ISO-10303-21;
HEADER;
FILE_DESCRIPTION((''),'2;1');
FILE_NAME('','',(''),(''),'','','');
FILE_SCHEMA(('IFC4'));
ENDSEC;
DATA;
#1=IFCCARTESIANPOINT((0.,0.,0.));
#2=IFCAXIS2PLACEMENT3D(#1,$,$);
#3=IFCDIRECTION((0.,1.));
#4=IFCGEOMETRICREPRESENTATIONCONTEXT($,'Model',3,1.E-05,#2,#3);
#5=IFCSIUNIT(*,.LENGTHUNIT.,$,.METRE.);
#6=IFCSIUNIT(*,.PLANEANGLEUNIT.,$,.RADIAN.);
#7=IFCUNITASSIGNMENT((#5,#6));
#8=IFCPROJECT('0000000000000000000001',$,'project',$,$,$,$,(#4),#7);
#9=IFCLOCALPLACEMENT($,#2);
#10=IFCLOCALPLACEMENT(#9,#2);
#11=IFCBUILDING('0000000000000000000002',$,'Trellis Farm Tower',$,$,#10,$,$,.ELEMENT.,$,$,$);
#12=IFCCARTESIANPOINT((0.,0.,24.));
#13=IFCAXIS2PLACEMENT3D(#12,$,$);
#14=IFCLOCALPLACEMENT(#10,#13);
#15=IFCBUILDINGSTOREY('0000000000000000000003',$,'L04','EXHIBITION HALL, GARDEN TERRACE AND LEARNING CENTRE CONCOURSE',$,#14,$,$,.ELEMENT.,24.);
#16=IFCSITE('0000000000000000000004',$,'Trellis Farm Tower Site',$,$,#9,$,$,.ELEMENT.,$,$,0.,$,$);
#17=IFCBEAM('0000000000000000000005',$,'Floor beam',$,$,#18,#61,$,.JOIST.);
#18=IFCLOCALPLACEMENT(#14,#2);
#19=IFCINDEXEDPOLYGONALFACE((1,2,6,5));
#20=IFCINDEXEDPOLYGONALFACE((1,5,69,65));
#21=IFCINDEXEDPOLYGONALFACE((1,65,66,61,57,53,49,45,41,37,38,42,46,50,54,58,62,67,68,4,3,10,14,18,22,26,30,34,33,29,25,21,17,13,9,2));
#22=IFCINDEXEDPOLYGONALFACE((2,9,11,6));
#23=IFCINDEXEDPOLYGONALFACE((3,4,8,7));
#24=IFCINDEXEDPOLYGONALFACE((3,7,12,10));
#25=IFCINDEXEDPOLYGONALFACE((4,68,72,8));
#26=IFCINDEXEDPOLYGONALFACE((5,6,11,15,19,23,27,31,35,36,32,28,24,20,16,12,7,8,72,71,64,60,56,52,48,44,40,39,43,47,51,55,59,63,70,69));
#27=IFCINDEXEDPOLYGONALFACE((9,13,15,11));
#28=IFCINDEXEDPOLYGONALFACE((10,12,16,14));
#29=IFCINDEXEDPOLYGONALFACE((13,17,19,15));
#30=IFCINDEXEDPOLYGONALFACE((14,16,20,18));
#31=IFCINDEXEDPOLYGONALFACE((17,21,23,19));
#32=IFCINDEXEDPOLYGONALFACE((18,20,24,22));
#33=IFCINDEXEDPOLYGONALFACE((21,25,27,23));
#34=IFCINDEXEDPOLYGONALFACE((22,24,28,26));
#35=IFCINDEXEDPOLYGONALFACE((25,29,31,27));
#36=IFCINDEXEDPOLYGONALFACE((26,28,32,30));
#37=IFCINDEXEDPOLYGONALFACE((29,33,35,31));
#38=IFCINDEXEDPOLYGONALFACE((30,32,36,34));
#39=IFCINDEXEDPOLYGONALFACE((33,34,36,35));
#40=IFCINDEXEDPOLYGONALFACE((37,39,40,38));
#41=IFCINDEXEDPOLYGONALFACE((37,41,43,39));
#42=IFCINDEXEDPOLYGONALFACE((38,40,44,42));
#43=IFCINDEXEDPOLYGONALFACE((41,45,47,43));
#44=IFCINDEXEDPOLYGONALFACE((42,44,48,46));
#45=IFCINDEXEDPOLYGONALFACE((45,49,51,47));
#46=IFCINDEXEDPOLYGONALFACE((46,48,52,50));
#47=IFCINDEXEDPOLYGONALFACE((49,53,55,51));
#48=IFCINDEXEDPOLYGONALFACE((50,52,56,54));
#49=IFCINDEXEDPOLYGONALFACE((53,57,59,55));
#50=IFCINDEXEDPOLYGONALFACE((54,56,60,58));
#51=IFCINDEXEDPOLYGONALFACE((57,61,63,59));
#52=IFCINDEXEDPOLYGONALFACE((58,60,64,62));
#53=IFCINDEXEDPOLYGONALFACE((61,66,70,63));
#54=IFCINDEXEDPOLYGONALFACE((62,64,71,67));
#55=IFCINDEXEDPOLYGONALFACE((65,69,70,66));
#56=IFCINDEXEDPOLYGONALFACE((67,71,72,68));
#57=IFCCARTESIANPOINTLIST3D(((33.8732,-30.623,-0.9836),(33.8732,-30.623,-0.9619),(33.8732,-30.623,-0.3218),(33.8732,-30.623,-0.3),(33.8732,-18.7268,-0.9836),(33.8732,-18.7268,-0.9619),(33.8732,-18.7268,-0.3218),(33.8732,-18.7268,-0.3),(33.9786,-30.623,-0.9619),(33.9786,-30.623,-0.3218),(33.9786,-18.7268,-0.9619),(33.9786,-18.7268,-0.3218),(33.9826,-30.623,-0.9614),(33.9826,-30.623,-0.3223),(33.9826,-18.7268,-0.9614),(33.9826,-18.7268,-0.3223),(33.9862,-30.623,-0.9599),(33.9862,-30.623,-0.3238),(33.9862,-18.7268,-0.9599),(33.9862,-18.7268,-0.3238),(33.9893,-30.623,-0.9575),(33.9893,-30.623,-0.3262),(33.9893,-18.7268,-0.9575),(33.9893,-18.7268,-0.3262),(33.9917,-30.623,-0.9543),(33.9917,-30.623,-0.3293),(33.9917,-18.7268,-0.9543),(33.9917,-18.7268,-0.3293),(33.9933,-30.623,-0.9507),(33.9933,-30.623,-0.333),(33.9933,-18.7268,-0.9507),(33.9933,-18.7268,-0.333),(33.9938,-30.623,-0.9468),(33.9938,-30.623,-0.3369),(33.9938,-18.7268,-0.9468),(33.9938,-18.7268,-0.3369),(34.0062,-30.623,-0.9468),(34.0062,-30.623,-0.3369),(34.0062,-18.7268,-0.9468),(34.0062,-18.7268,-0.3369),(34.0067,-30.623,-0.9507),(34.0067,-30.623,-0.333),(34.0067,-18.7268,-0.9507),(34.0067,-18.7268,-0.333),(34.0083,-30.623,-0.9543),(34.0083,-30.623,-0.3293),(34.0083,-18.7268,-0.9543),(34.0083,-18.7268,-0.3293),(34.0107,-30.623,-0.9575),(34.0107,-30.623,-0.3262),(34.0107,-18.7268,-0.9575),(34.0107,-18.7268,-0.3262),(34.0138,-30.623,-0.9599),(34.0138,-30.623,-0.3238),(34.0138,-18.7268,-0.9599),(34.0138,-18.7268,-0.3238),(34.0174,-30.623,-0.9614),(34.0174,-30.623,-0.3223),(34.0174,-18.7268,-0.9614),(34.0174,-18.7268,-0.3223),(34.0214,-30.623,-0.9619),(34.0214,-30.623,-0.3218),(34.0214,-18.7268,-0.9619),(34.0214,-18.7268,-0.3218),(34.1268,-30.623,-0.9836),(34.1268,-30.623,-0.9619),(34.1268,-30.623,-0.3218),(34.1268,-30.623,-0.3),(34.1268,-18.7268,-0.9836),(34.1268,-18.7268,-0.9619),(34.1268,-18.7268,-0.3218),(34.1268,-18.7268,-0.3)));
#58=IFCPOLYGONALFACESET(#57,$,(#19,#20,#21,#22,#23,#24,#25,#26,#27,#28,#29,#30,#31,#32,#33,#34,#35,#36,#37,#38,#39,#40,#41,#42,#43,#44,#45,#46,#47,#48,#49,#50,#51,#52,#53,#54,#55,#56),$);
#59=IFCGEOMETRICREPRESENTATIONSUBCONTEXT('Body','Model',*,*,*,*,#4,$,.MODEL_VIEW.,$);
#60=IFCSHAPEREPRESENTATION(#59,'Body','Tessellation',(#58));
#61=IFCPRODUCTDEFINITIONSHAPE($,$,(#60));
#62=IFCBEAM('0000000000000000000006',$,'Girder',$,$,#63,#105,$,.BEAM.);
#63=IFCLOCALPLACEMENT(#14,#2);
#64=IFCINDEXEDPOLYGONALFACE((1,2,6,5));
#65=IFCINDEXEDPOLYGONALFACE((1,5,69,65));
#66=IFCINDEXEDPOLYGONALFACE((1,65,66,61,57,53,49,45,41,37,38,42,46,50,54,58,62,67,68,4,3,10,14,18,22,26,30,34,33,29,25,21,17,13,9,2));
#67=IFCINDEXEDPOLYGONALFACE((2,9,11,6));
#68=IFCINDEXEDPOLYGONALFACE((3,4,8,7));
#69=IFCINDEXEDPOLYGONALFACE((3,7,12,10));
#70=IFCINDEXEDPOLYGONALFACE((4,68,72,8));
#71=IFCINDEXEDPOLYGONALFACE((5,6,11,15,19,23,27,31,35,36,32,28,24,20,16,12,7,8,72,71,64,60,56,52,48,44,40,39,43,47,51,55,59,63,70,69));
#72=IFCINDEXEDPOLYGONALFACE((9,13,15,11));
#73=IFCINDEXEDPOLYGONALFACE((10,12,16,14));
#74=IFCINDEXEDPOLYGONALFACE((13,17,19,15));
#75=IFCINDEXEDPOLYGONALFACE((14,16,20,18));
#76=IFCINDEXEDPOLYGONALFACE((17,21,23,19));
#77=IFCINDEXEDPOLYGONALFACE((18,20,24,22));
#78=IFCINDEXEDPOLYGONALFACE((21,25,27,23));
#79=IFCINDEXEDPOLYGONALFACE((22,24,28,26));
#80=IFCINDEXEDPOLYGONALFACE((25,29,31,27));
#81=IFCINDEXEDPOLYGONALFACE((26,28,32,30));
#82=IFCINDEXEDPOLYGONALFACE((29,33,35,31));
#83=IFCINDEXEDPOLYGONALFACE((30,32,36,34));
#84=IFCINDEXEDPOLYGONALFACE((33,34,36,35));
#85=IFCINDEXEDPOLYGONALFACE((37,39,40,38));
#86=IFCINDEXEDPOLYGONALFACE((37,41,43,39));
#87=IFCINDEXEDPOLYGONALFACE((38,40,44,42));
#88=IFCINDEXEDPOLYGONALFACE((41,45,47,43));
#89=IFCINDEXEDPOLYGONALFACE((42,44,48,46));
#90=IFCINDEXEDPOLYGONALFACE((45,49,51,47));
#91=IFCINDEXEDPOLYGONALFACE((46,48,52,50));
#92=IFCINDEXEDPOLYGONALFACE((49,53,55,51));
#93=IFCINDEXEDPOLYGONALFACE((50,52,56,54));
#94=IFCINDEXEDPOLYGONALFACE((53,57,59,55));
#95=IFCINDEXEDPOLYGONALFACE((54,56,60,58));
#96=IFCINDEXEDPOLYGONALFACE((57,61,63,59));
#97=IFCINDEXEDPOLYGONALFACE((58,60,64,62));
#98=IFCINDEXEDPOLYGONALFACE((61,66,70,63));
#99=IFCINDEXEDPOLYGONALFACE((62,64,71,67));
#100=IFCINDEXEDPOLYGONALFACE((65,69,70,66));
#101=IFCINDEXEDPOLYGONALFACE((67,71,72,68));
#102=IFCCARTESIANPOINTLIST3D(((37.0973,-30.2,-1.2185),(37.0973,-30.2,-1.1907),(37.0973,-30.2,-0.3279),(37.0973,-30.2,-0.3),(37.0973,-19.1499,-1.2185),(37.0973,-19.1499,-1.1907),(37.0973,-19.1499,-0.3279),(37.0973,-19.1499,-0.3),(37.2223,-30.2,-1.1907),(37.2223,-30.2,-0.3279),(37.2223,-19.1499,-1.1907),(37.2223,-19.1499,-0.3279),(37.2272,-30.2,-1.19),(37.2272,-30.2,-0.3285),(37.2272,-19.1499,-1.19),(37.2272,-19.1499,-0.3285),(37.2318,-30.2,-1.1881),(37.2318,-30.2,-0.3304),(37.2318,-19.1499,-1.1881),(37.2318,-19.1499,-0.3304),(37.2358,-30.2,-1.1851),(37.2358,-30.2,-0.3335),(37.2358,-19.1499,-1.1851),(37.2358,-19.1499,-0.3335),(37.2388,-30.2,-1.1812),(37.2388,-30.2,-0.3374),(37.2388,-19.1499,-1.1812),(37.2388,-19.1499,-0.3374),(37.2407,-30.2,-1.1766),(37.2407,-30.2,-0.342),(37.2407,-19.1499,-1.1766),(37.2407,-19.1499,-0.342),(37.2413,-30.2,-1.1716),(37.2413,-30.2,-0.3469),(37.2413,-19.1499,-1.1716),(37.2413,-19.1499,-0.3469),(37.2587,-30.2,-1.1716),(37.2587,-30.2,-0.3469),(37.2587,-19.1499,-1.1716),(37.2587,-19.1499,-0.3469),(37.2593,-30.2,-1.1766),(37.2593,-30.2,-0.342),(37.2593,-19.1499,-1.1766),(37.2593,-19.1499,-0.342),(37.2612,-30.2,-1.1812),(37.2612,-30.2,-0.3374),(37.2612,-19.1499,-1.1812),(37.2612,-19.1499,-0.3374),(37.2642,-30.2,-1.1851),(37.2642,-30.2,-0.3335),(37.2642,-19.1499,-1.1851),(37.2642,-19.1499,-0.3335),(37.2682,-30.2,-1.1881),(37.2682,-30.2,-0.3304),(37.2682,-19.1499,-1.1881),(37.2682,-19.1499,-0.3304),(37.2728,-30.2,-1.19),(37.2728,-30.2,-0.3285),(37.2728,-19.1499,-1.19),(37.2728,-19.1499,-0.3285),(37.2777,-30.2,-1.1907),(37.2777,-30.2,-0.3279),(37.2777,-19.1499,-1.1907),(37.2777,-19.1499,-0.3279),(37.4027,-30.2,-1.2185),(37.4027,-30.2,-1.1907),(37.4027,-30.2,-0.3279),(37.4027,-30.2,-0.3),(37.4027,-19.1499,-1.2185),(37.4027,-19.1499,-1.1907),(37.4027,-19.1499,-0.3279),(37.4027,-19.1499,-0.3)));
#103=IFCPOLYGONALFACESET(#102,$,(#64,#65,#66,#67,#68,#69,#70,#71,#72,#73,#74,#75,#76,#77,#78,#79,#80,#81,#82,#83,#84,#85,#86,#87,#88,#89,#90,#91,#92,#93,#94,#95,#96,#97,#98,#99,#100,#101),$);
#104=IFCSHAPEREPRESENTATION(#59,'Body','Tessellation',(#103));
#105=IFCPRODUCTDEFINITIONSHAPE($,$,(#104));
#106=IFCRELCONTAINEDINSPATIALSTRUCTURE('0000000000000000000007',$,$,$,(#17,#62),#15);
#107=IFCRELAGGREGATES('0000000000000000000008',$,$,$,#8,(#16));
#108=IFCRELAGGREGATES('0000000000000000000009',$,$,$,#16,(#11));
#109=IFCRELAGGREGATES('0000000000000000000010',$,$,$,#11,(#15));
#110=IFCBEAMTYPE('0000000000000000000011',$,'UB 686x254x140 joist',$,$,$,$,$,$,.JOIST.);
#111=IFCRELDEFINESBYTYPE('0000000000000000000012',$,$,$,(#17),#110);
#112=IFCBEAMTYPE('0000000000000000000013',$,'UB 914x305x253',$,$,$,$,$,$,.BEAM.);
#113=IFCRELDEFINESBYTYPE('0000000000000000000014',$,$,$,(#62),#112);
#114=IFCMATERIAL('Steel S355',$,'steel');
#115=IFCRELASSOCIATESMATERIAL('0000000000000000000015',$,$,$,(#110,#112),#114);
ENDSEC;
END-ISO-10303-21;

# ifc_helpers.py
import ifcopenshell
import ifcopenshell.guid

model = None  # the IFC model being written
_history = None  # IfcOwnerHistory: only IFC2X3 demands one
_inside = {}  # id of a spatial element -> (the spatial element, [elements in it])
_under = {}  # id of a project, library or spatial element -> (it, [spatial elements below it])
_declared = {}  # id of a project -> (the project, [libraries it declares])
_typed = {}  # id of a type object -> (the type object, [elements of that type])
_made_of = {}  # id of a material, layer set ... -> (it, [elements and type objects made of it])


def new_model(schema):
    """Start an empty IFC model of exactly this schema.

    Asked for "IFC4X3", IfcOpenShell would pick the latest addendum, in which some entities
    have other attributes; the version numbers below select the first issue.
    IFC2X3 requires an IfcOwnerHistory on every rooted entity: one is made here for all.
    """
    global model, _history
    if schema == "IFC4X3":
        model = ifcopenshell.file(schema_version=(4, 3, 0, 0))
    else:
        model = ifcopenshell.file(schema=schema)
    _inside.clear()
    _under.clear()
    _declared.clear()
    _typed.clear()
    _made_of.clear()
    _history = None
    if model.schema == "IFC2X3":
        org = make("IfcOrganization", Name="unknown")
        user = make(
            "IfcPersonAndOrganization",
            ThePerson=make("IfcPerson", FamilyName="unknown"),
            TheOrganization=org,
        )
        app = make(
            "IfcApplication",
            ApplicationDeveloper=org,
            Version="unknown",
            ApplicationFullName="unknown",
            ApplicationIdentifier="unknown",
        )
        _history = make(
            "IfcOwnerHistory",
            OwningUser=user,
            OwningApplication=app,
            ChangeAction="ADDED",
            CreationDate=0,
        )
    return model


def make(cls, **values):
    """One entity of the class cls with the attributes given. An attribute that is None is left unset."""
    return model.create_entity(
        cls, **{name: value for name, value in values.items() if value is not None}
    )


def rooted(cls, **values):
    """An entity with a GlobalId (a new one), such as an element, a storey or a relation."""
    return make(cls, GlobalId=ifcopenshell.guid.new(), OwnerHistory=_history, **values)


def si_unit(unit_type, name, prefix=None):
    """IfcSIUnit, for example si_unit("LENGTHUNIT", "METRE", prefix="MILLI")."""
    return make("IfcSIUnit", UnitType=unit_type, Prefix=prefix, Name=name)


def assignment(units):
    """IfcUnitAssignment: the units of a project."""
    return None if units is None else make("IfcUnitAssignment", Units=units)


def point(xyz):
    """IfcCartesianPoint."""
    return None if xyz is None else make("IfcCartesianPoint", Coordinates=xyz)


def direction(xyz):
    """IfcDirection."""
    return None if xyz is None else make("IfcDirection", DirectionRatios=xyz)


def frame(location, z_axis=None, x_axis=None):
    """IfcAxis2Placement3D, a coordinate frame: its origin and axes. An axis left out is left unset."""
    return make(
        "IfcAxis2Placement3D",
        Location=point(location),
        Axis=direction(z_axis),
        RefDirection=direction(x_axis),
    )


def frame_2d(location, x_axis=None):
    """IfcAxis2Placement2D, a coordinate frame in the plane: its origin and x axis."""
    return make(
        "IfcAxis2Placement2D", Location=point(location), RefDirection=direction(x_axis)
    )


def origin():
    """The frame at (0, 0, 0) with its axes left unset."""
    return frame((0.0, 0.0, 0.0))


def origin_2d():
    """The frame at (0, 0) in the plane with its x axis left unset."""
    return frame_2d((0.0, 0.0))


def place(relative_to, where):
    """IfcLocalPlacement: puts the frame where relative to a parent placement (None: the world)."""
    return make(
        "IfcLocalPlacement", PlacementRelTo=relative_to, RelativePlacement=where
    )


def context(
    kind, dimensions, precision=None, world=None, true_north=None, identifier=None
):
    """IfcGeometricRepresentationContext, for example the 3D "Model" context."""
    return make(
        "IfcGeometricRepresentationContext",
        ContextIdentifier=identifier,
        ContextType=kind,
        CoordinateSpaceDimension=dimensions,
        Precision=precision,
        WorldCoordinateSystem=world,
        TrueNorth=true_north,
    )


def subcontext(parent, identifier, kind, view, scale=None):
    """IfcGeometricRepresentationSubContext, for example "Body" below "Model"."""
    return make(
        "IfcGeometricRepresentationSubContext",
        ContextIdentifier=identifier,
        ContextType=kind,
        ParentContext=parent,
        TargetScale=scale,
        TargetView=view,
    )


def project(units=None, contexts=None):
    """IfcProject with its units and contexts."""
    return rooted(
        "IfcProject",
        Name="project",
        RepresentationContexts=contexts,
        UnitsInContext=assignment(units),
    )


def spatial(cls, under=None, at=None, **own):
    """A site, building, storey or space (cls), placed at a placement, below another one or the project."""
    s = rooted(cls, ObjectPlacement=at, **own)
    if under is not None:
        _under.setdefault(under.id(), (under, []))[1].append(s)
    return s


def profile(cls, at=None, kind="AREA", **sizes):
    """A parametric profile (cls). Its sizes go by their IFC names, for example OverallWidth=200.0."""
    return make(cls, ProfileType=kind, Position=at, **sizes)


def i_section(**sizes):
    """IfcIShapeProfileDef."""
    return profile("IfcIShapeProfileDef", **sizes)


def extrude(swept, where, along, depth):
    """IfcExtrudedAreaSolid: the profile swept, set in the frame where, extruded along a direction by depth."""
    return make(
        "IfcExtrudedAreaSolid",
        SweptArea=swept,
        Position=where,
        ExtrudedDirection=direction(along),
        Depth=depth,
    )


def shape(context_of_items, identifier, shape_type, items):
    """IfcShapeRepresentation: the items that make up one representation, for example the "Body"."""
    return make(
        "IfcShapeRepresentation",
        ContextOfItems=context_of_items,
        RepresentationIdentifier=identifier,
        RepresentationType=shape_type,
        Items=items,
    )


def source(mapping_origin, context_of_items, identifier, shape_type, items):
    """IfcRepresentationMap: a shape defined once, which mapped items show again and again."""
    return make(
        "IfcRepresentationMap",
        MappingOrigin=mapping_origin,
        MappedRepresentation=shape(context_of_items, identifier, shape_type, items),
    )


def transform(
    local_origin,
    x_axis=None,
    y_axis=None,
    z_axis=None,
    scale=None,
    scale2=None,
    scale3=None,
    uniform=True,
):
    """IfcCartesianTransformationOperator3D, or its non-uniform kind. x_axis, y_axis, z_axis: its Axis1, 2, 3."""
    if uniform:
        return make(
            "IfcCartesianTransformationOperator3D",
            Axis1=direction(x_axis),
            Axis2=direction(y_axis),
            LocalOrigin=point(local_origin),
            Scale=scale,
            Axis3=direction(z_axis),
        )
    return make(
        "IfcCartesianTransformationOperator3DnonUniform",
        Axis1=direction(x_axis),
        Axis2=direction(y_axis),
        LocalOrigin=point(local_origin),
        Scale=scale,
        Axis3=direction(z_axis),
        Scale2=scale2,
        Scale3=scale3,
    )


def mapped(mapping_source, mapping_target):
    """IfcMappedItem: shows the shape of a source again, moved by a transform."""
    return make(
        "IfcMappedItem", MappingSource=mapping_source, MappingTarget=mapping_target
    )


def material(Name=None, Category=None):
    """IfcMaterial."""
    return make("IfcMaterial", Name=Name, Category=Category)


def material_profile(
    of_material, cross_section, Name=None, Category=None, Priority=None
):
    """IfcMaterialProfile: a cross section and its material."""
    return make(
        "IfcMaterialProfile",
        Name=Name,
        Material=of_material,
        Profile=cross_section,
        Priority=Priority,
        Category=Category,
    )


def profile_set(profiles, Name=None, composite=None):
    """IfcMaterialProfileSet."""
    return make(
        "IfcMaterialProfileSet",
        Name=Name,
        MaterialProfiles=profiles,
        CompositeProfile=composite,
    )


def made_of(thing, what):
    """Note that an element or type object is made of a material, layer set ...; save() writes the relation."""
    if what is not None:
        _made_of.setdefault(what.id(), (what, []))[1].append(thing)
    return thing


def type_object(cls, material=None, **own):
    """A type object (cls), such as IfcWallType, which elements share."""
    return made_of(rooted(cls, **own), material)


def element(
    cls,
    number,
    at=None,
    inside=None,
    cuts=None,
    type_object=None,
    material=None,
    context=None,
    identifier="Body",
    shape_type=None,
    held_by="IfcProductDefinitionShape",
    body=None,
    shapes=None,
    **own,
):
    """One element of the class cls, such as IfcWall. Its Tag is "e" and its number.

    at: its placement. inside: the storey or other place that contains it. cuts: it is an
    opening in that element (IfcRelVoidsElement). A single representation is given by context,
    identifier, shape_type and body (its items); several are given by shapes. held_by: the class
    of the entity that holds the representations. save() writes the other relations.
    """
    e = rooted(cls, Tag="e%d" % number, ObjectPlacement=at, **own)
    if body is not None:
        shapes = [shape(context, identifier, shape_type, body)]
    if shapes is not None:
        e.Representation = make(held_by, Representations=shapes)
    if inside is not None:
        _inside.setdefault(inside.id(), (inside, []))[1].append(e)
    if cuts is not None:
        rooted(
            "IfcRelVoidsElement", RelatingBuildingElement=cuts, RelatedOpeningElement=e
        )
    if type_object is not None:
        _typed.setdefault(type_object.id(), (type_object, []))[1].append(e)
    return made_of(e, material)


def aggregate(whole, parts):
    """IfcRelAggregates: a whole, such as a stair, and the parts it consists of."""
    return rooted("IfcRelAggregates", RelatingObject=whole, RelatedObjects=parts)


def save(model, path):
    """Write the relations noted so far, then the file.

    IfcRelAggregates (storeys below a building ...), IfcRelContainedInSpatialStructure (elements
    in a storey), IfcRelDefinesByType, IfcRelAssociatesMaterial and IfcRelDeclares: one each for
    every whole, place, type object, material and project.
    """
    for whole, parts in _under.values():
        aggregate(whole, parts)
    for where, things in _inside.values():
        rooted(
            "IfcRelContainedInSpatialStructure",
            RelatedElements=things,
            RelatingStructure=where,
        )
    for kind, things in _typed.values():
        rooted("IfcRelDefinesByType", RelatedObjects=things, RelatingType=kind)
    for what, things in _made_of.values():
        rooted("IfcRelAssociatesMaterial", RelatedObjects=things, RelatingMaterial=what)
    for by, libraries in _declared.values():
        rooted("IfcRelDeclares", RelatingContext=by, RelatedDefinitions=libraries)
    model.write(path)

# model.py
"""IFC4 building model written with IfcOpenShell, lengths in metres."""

from ifc_helpers import new_model, si_unit, direction, frame, origin, origin_2d, place, context, subcontext, project, spatial, i_section, extrude, source, transform, mapped, material, material_profile, profile_set, type_object, element, save


model = new_model("IFC4")

# Units and contexts
model_context = context("Model", 3, precision=1e-05, world=origin(), true_north=direction((0.0, 1.0)))
body_context = subcontext(model_context, "Body", "Model", "MODEL_VIEW")
ifc_project = project(units=[si_unit("LENGTHUNIT", "METRE"), si_unit("PLANEANGLEUNIT", "RADIAN")], contexts=[model_context])

# Site, building, storey
site_placement = place(None, origin())
site = spatial("IfcSite", under=ifc_project, at=site_placement, Name="Trellis Farm Tower Site", CompositionType="ELEMENT", RefElevation=0.0)
building_placement = place(site_placement, origin())
building = spatial("IfcBuilding", under=site, at=building_placement, Name="Trellis Farm Tower", CompositionType="ELEMENT")
storey_placement = place(building_placement, frame((0.0, 0.0, 24.0)))
storey = spatial("IfcBuildingStorey", under=building, at=storey_placement, Name="L04", Description="EXHIBITION HALL, GARDEN TERRACE AND LEARNING CENTRE CONCOURSE", CompositionType="ELEMENT", Elevation=24.0)

# Beams
ifc_material_1 = material(Name="Steel S355", Category="steel")
ifc_material_profile_1 = material_profile(ifc_material_1, i_section(OverallWidth=0.2537, OverallDepth=0.6836, WebThickness=0.0125, FlangeThickness=0.0217, FilletRadius=0.0151, at=origin_2d()), Name="UB 686x254x140")
ifc_profile_set_1 = profile_set([ifc_material_profile_1], Name="Steel S355")
beam_type_1 = type_object("IfcBeamType", Name="UB 686x254x140 joist", PredefinedType="JOIST", material=ifc_profile_set_1)
shared_shape_1 = source(origin(), body_context, "Body", "SweptSolid", [
    extrude(i_section(OverallWidth=0.2537, OverallDepth=0.6836, WebThickness=0.0125, FlangeThickness=0.0217, FilletRadius=0.0151, at=origin_2d()), origin(), (0.0, 0.0, 1.0), 11.8962),
])
beam_1_placement = place(storey_placement, frame((34.0, -30.623, -0.6418), z_axis=(0.0, 1.0, 0.0), x_axis=(-1.0, 0.0, 0.0)))
element("IfcBeam", 1, at=beam_1_placement, inside=storey, type_object=beam_type_1, Name="Floor beam", PredefinedType="JOIST", context=body_context, shape_type="MappedRepresentation", body=[
    mapped(shared_shape_1, transform((0.0, 0.0, 0.0))),
])
ifc_material_profile_2 = material_profile(ifc_material_1, i_section(OverallWidth=0.3054, OverallDepth=0.9185, WebThickness=0.0173, FlangeThickness=0.0278, FilletRadius=0.019, at=origin_2d()), Name="UB 914x305x253")
ifc_profile_set_2 = profile_set([ifc_material_profile_2], Name="Steel S355")
beam_type_2 = type_object("IfcBeamType", Name="UB 914x305x253", PredefinedType="BEAM", material=ifc_profile_set_2)
shared_shape_2 = source(origin(), body_context, "Body", "SweptSolid", [
    extrude(i_section(OverallWidth=0.3054, OverallDepth=0.9185, WebThickness=0.0173, FlangeThickness=0.0278, FilletRadius=0.019, at=origin_2d()), origin(), (0.0, 0.0, 1.0), 11.05),
])
beam_2_placement = place(storey_placement, frame((37.25, -30.2, -0.7593), z_axis=(0.0, 1.0, 0.0), x_axis=(-1.0, 0.0, 0.0)))
element("IfcBeam", 2, at=beam_2_placement, inside=storey, type_object=beam_type_2, Name="Girder", PredefinedType="BEAM", context=body_context, shape_type="MappedRepresentation", body=[
    mapped(shared_shape_2, transform((0.0, 0.0, 0.0))),
])

save(model, "model.ifc")
